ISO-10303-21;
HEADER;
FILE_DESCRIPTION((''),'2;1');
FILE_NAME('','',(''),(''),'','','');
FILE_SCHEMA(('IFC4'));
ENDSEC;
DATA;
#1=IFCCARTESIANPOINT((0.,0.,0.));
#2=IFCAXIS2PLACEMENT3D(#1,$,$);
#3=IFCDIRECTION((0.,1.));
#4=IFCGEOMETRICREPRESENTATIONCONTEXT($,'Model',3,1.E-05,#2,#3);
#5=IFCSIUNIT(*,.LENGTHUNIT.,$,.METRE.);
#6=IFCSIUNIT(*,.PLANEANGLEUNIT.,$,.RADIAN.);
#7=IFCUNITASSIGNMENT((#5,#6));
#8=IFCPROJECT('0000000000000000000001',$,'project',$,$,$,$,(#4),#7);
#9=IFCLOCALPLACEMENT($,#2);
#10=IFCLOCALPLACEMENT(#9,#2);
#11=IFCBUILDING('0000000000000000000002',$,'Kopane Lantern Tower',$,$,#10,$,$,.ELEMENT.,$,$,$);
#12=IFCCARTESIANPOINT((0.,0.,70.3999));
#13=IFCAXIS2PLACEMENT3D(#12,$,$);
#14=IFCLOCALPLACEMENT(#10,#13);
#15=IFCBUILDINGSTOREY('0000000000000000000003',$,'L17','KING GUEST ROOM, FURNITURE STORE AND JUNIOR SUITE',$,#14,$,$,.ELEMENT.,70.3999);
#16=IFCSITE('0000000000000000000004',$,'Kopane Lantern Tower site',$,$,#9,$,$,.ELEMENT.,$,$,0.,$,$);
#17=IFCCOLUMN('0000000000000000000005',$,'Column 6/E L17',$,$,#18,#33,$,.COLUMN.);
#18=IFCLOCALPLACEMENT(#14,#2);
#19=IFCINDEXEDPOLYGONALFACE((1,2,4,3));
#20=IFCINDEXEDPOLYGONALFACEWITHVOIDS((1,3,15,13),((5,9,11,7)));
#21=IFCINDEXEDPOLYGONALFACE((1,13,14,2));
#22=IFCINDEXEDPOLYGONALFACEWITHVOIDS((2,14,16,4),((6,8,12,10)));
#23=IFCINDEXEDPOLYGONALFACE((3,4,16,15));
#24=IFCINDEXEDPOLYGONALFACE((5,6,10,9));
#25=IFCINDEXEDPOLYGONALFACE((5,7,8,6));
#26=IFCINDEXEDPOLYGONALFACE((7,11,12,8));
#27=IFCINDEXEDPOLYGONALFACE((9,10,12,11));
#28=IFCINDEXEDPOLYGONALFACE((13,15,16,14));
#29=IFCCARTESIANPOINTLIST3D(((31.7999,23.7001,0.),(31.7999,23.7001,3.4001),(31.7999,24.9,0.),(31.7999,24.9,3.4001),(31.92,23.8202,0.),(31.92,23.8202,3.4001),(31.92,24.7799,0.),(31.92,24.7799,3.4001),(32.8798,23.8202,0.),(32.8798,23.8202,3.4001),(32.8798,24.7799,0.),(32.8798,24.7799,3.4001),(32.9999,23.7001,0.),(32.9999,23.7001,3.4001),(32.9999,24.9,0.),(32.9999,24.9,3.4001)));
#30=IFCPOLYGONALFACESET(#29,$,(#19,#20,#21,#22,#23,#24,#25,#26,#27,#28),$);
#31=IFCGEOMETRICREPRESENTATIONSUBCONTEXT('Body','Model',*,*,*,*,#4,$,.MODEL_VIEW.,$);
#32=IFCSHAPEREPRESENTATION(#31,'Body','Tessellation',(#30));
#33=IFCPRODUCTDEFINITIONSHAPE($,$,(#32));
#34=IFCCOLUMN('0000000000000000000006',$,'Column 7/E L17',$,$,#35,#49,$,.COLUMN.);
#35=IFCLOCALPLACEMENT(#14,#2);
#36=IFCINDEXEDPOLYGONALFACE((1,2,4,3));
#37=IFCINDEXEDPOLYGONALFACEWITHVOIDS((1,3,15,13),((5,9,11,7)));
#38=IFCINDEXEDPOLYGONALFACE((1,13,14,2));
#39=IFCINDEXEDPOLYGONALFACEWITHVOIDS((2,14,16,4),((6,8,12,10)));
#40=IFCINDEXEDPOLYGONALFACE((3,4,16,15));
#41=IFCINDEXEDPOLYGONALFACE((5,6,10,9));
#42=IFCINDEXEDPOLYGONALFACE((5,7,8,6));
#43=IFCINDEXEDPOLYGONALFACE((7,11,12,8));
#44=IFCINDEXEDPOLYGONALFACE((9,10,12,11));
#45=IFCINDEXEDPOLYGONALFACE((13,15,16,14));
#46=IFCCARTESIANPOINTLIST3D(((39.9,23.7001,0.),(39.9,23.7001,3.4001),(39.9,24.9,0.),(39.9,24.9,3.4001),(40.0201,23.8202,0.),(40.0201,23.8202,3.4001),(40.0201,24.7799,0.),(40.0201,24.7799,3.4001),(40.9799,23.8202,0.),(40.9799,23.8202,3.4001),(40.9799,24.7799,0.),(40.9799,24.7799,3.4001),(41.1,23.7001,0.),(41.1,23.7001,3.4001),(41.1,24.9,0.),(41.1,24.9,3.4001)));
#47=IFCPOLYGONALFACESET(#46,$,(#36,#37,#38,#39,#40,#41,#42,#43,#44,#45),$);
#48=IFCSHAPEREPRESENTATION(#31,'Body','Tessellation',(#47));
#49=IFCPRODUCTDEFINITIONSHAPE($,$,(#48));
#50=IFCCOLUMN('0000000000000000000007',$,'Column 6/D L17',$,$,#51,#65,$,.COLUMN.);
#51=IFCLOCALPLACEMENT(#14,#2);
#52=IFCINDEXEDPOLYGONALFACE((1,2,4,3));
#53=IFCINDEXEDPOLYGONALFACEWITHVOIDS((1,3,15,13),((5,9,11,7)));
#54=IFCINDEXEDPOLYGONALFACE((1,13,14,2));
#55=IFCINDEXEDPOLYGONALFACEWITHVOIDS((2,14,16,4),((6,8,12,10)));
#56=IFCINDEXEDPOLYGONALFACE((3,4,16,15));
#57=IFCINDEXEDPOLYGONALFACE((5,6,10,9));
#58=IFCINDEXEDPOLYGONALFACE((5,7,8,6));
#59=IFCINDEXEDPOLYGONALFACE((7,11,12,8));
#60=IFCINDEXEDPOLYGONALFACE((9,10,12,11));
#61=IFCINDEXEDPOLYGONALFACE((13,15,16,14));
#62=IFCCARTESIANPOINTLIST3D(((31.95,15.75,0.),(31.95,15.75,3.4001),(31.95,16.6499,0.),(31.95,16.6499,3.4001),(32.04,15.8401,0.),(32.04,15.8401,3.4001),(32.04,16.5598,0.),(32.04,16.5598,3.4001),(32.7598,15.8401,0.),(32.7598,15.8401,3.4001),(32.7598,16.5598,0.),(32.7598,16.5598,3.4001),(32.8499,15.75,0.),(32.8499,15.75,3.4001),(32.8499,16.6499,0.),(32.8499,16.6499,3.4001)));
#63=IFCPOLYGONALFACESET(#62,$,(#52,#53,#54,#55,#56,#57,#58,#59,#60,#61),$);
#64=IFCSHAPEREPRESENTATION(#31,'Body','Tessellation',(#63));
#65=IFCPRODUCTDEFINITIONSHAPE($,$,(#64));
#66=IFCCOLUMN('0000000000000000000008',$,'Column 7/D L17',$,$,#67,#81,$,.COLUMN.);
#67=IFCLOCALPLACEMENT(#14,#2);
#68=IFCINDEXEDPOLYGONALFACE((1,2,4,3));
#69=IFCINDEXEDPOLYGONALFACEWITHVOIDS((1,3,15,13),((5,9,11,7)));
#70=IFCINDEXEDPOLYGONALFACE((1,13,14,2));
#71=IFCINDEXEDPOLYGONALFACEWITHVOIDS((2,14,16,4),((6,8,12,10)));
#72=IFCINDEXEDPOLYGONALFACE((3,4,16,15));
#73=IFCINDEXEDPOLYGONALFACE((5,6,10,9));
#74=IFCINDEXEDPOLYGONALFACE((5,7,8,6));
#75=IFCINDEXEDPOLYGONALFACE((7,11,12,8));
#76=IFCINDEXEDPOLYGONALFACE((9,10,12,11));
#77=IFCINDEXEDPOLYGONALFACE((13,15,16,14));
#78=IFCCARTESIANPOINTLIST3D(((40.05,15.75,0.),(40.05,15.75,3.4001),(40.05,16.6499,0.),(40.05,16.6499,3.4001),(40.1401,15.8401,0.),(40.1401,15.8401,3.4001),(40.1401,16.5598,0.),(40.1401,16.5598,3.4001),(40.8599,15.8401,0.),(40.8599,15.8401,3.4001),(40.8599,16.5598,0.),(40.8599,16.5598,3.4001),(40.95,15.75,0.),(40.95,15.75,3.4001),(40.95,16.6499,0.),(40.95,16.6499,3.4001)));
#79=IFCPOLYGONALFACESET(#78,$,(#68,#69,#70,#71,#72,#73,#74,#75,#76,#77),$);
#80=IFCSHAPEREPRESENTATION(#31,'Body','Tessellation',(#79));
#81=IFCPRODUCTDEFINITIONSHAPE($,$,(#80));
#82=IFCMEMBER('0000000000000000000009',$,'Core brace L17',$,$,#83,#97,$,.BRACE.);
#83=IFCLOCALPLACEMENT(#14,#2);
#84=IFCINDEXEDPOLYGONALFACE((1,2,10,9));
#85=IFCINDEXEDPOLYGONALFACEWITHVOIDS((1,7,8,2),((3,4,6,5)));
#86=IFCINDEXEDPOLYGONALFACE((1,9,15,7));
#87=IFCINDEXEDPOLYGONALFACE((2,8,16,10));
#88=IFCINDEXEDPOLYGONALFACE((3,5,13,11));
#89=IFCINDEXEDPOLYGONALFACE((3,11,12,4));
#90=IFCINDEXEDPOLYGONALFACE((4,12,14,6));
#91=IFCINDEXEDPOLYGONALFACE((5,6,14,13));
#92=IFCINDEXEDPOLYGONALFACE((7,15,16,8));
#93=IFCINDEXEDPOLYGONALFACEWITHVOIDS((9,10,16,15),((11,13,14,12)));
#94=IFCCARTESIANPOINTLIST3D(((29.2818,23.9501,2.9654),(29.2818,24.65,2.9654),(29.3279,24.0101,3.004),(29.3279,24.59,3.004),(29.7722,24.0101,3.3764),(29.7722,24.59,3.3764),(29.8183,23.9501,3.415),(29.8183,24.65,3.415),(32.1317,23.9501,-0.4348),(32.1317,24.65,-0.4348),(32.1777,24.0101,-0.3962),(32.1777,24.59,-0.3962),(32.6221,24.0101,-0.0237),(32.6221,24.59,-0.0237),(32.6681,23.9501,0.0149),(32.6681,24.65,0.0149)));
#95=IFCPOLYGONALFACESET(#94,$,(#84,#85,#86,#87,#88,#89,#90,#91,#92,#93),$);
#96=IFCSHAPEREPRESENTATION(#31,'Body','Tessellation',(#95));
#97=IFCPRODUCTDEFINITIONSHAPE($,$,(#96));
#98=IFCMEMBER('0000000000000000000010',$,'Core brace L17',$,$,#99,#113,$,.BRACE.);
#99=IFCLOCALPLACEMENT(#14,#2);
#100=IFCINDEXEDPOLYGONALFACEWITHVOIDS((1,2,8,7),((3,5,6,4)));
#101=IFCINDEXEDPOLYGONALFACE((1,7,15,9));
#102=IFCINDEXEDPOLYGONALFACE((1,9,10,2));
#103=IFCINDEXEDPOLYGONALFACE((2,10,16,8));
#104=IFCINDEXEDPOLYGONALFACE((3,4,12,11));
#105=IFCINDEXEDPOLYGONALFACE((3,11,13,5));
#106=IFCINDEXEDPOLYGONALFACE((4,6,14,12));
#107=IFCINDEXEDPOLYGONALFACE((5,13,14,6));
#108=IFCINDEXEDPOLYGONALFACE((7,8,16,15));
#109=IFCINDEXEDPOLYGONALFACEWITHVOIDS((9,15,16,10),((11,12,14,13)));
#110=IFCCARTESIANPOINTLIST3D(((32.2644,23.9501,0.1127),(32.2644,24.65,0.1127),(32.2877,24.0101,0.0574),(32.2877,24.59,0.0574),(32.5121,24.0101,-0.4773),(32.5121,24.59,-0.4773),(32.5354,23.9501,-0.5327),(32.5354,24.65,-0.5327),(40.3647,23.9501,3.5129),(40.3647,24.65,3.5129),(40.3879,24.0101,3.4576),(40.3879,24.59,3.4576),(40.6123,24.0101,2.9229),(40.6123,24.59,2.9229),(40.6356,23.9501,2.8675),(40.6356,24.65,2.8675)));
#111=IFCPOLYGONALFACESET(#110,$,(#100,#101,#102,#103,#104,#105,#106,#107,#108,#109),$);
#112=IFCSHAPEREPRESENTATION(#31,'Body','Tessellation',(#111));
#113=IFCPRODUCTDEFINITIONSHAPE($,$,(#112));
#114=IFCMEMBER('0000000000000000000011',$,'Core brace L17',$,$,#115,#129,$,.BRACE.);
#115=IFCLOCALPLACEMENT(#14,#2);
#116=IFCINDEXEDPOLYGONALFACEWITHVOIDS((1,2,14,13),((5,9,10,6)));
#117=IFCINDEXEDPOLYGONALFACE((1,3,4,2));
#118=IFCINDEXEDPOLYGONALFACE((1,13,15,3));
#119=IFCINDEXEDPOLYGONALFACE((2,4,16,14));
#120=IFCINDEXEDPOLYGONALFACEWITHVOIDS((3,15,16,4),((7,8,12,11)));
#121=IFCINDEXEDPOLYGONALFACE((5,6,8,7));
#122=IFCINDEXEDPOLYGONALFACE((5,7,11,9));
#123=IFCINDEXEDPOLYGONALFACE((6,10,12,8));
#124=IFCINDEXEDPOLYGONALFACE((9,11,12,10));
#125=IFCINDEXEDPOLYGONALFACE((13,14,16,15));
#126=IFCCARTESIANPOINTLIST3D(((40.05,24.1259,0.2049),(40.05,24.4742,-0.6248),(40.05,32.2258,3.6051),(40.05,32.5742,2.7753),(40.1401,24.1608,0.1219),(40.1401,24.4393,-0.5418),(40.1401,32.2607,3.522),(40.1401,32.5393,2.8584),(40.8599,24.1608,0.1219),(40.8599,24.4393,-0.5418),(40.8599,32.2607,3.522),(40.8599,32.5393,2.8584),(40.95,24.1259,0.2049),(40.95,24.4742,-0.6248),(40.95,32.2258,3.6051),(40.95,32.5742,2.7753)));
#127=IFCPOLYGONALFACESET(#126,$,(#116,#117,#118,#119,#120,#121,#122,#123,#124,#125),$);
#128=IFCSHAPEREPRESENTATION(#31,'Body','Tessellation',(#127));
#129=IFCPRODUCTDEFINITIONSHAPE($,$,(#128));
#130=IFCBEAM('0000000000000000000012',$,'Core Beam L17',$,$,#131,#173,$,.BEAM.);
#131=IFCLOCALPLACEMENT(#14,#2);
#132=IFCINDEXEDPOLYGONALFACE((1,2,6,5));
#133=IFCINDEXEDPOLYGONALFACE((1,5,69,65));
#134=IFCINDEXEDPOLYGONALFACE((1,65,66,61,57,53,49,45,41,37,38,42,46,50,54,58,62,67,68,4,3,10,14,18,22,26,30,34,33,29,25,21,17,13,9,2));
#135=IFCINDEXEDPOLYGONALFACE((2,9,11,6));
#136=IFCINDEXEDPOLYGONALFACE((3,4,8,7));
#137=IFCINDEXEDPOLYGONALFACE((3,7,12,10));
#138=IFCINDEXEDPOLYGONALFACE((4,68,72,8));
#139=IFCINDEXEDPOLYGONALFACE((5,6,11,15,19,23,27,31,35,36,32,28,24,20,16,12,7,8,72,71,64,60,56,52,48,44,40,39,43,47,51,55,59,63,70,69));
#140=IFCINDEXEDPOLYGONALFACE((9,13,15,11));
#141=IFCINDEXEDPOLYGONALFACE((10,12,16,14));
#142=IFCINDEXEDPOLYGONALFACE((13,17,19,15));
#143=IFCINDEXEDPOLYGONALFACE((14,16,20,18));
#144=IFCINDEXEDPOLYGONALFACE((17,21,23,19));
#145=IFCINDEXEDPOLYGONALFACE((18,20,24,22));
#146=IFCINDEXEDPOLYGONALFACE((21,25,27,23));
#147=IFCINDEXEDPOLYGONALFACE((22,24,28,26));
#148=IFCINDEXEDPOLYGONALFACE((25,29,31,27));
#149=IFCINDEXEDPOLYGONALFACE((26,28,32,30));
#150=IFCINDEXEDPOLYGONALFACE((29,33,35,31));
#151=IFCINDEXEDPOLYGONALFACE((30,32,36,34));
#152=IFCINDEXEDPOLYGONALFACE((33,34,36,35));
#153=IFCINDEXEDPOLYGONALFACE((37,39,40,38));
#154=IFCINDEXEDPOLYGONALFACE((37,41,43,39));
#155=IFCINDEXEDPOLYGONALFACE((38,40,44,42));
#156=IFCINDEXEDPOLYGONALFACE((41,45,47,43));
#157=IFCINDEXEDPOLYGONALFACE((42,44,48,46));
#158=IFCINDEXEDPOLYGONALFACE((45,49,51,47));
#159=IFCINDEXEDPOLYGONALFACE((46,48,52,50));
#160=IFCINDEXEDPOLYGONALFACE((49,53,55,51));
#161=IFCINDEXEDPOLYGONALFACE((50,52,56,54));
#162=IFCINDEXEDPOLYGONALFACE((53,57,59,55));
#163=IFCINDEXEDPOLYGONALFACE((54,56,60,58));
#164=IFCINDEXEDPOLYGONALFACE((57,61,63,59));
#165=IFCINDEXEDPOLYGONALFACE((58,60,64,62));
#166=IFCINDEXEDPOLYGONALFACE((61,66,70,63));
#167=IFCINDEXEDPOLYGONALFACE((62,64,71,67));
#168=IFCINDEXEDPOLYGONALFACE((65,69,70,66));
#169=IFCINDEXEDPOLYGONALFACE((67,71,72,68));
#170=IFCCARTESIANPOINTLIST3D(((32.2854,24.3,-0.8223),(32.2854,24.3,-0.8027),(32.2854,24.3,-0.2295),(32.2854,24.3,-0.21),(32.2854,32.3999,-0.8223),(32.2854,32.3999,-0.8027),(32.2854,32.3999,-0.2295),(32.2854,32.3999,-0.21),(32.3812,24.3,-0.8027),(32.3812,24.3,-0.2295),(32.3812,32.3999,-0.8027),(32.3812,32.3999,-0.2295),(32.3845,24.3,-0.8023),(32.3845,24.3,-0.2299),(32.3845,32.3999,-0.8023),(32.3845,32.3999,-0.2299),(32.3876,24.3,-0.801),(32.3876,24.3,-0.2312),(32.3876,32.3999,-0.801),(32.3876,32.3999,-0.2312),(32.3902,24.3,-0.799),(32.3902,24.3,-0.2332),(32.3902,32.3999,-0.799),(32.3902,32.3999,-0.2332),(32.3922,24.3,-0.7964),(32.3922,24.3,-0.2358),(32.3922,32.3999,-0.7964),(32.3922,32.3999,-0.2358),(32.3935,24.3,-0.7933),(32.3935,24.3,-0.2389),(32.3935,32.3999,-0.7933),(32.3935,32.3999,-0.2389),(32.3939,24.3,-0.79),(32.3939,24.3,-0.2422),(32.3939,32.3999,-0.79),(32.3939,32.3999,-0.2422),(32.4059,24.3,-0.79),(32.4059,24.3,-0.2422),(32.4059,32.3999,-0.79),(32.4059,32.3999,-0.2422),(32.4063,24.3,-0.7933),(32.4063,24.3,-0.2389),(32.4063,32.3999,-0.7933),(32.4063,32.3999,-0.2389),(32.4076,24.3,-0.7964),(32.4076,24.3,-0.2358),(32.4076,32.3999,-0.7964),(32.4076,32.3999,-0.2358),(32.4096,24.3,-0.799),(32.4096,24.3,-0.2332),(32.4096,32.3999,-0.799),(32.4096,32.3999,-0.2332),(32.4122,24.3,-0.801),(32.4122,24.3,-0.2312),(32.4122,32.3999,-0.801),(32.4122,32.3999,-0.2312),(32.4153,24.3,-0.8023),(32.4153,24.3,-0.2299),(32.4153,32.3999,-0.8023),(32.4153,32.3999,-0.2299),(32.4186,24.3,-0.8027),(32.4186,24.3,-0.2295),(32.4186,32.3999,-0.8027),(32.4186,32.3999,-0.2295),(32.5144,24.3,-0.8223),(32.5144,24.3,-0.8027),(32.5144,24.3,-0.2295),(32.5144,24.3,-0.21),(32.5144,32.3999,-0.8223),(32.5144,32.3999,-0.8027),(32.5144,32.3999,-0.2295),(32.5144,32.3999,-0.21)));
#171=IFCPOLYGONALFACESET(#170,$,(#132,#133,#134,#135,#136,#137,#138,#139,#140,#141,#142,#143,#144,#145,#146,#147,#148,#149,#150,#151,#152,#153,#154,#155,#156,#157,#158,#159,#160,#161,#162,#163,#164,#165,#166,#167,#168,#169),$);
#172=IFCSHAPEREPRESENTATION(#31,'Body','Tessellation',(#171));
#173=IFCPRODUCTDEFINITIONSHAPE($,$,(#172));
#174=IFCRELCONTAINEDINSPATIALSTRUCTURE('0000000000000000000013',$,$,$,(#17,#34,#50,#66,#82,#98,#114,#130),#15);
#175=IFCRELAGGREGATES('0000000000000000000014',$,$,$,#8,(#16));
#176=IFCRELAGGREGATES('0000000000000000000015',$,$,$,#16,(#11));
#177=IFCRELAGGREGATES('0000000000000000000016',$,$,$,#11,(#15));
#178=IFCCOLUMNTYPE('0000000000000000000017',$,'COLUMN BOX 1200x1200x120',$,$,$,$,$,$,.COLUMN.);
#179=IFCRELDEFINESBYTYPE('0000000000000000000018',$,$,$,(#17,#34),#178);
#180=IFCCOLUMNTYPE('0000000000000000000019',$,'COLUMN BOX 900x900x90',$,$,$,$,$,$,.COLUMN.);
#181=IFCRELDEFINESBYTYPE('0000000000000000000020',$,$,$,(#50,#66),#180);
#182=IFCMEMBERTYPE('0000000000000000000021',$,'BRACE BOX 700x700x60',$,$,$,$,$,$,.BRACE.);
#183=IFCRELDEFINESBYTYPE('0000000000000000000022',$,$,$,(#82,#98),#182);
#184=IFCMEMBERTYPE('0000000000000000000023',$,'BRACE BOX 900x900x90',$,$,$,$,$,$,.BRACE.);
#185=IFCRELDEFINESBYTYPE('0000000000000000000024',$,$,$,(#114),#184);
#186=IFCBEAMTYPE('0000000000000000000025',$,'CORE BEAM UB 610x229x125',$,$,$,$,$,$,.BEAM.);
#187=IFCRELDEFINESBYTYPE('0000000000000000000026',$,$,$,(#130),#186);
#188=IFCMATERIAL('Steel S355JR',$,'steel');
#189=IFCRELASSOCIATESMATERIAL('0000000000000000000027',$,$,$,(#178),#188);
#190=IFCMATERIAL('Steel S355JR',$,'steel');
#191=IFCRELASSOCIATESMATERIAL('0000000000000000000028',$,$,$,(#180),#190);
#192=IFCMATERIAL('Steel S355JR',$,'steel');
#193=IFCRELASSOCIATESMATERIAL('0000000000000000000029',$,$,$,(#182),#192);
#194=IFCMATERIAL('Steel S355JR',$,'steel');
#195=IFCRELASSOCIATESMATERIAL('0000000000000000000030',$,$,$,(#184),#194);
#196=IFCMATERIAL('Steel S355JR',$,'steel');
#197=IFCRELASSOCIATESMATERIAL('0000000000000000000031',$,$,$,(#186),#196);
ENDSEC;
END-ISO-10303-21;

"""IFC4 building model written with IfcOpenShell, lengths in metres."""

from ifc_helpers import new_model, si_unit, direction, frame, origin, origin_2d, place, context, subcontext, project, spatial, hollow_rectangle, i_section, extrude, material, material_profile, profile_set, type_object, element, save


model = new_model("IFC4")

# Units and contexts
model_context = context("Model", 3, precision=1e-05, world=origin(), true_north=direction((0.0, 1.0)))
body_context = subcontext(model_context, "Body", "Model", "MODEL_VIEW")
ifc_project = project(units=[si_unit("LENGTHUNIT", "METRE"), si_unit("PLANEANGLEUNIT", "RADIAN")], contexts=[model_context])

# Site, building, storey
site_placement = place(None, origin())
site = spatial("IfcSite", under=ifc_project, at=site_placement, Name="Kopane Lantern Tower site", CompositionType="ELEMENT", RefElevation=0.0)
building_placement = place(site_placement, origin())
building = spatial("IfcBuilding", under=site, at=building_placement, Name="Kopane Lantern Tower", CompositionType="ELEMENT")
storey_placement = place(building_placement, frame((0.0, 0.0, 70.3999)))
storey = spatial("IfcBuildingStorey", under=building, at=storey_placement, Name="L17", Description="KING GUEST ROOM, FURNITURE STORE AND JUNIOR SUITE", CompositionType="ELEMENT", Elevation=70.3999)

# Columns
ifc_material_1 = material(Name="Steel S355JR", Category="steel")
ifc_material_profile_1 = material_profile(ifc_material_1, hollow_rectangle(XDim=1.2, YDim=1.2, WallThickness=0.1201, at=origin_2d()), Name="BOX 1200x1200x120")
ifc_profile_set_1 = profile_set([ifc_material_profile_1], Name="Steel S355JR")
column_type_1 = type_object("IfcColumnType", Name="COLUMN BOX 1200x1200x120", PredefinedType="COLUMN", material=ifc_profile_set_1)
for number, where, z_axis, x_axis, name in (
    (1, (32.3999, 24.3, 0.0), (0.0, 0.0, 1.0), (1.0, 0.0, 0.0), "Column 6/E L17"),
    (2, (40.5, 24.3, 0.0), (0.0, 0.0, 1.0), (1.0, 0.0, 0.0), "Column 7/E L17"),
):
    element("IfcColumn", number, at=place(storey_placement, frame(where, z_axis=z_axis, x_axis=x_axis)), inside=storey, type_object=column_type_1, Name=name, PredefinedType="COLUMN", context=body_context, shape_type="SweptSolid", body=[
        extrude(hollow_rectangle(XDim=1.2, YDim=1.2, WallThickness=0.1201, at=origin_2d()), origin(), (0.0, 0.0, 1.0), 3.4001),
    ])
ifc_material_2 = material(Name="Steel S355JR", Category="steel")
ifc_material_profile_2 = material_profile(ifc_material_2, hollow_rectangle(XDim=0.8999, YDim=0.8999, WallThickness=0.0901, at=origin_2d()), Name="BOX 900x900x90")
ifc_profile_set_2 = profile_set([ifc_material_profile_2], Name="Steel S355JR")
column_type_2 = type_object("IfcColumnType", Name="COLUMN BOX 900x900x90", PredefinedType="COLUMN", material=ifc_profile_set_2)
for number, where, z_axis, x_axis, name in (
    (3, (32.3999, 16.2, 0.0), (0.0, 0.0, 1.0), (1.0, 0.0, 0.0), "Column 6/D L17"),
    (4, (40.5, 16.2, 0.0), (0.0, 0.0, 1.0), (1.0, 0.0, 0.0), "Column 7/D L17"),
):
    element("IfcColumn", number, at=place(storey_placement, frame(where, z_axis=z_axis, x_axis=x_axis)), inside=storey, type_object=column_type_2, Name=name, PredefinedType="COLUMN", context=body_context, shape_type="SweptSolid", body=[
        extrude(hollow_rectangle(XDim=0.8999, YDim=0.8999, WallThickness=0.0901, at=origin_2d()), origin(), (0.0, 0.0, 1.0), 3.4001),
    ])

# Members
ifc_material_3 = material(Name="Steel S355JR", Category="steel")
ifc_material_profile_3 = material_profile(ifc_material_3, hollow_rectangle(XDim=0.7, YDim=0.7, WallThickness=0.0601, at=origin_2d()), Name="BOX 700x700x60")
ifc_profile_set_3 = profile_set([ifc_material_profile_3], Name="Steel S355JR")
member_type_1 = type_object("IfcMemberType", Name="BRACE BOX 700x700x60", PredefinedType="BRACE", material=ifc_profile_set_3)
member_1_placement = place(storey_placement, frame((32.3999, 24.3, -0.21), z_axis=(-0.642363, 0.0, 0.7664), x_axis=(0.0, -1.0, 0.0)))
element("IfcMember", 5, at=member_1_placement, inside=storey, type_object=member_type_1, Name="Core brace L17", PredefinedType="BRACE", context=body_context, shape_type="SweptSolid", body=[
    extrude(hollow_rectangle(XDim=0.7, YDim=0.7, WallThickness=0.0601, at=origin_2d()), origin(), (0.0, 0.0, 1.0), 4.4365),
])
member_2_placement = place(storey_placement, frame((32.3999, 24.3, -0.21), z_axis=(0.922059, 0.0, 0.387049), x_axis=(0.0, 1.0, 0.0)))
element("IfcMember", 6, at=member_2_placement, inside=storey, type_object=member_type_1, Name="Core brace L17", PredefinedType="BRACE", context=body_context, shape_type="SweptSolid", body=[
    extrude(hollow_rectangle(XDim=0.7, YDim=0.7, WallThickness=0.0601, at=origin_2d()), origin(), (0.0, 0.0, 1.0), 8.7849),
])
ifc_material_4 = material(Name="Steel S355JR", Category="steel")
ifc_material_profile_4 = material_profile(ifc_material_4, hollow_rectangle(XDim=0.8999, YDim=0.8999, WallThickness=0.0901, at=origin_2d()), Name="BOX 900x900x90")
ifc_profile_set_4 = profile_set([ifc_material_profile_4], Name="Steel S355JR")
member_type_2 = type_object("IfcMemberType", Name="BRACE BOX 900x900x90", PredefinedType="BRACE", material=ifc_profile_set_4)
member_3_placement = place(storey_placement, frame((40.5, 24.3, -0.21), z_axis=(0.0, 0.922055, 0.387059), x_axis=(-1.0, 0.0, 0.0)))
element("IfcMember", 7, at=member_3_placement, inside=storey, type_object=member_type_2, Name="Core brace L17", PredefinedType="BRACE", context=body_context, shape_type="SweptSolid", body=[
    extrude(hollow_rectangle(XDim=0.8999, YDim=0.8999, WallThickness=0.0901, at=origin_2d()), origin(), (0.0, 0.0, 1.0), 8.7847),
])

# Beam
ifc_material_5 = material(Name="Steel S355JR", Category="steel")
ifc_material_profile_5 = material_profile(ifc_material_5, i_section(OverallWidth=0.229, OverallDepth=0.6123, WebThickness=0.012, FlangeThickness=0.0195, FilletRadius=0.0127, at=origin_2d()), Name="UB 610x229x125")
ifc_profile_set_5 = profile_set([ifc_material_profile_5], Name="Steel S355JR")
beam_type_1 = type_object("IfcBeamType", Name="CORE BEAM UB 610x229x125", PredefinedType="BEAM", material=ifc_profile_set_5)
beam_1_placement = place(storey_placement, frame((32.3999, 24.3, -0.5161), z_axis=(0.0, 1.0, 0.0), x_axis=(-1.0, 0.0, 0.0)))
element("IfcBeam", 8, at=beam_1_placement, inside=storey, type_object=beam_type_1, Name="Core Beam L17", PredefinedType="BEAM", context=body_context, shape_type="SweptSolid", body=[
    extrude(i_section(OverallWidth=0.229, OverallDepth=0.6123, WebThickness=0.012, FlangeThickness=0.0195, FilletRadius=0.0127, at=origin_2d()), origin(), (0.0, 0.0, 1.0), 8.0999),
])

save(model, "model.ifc")
